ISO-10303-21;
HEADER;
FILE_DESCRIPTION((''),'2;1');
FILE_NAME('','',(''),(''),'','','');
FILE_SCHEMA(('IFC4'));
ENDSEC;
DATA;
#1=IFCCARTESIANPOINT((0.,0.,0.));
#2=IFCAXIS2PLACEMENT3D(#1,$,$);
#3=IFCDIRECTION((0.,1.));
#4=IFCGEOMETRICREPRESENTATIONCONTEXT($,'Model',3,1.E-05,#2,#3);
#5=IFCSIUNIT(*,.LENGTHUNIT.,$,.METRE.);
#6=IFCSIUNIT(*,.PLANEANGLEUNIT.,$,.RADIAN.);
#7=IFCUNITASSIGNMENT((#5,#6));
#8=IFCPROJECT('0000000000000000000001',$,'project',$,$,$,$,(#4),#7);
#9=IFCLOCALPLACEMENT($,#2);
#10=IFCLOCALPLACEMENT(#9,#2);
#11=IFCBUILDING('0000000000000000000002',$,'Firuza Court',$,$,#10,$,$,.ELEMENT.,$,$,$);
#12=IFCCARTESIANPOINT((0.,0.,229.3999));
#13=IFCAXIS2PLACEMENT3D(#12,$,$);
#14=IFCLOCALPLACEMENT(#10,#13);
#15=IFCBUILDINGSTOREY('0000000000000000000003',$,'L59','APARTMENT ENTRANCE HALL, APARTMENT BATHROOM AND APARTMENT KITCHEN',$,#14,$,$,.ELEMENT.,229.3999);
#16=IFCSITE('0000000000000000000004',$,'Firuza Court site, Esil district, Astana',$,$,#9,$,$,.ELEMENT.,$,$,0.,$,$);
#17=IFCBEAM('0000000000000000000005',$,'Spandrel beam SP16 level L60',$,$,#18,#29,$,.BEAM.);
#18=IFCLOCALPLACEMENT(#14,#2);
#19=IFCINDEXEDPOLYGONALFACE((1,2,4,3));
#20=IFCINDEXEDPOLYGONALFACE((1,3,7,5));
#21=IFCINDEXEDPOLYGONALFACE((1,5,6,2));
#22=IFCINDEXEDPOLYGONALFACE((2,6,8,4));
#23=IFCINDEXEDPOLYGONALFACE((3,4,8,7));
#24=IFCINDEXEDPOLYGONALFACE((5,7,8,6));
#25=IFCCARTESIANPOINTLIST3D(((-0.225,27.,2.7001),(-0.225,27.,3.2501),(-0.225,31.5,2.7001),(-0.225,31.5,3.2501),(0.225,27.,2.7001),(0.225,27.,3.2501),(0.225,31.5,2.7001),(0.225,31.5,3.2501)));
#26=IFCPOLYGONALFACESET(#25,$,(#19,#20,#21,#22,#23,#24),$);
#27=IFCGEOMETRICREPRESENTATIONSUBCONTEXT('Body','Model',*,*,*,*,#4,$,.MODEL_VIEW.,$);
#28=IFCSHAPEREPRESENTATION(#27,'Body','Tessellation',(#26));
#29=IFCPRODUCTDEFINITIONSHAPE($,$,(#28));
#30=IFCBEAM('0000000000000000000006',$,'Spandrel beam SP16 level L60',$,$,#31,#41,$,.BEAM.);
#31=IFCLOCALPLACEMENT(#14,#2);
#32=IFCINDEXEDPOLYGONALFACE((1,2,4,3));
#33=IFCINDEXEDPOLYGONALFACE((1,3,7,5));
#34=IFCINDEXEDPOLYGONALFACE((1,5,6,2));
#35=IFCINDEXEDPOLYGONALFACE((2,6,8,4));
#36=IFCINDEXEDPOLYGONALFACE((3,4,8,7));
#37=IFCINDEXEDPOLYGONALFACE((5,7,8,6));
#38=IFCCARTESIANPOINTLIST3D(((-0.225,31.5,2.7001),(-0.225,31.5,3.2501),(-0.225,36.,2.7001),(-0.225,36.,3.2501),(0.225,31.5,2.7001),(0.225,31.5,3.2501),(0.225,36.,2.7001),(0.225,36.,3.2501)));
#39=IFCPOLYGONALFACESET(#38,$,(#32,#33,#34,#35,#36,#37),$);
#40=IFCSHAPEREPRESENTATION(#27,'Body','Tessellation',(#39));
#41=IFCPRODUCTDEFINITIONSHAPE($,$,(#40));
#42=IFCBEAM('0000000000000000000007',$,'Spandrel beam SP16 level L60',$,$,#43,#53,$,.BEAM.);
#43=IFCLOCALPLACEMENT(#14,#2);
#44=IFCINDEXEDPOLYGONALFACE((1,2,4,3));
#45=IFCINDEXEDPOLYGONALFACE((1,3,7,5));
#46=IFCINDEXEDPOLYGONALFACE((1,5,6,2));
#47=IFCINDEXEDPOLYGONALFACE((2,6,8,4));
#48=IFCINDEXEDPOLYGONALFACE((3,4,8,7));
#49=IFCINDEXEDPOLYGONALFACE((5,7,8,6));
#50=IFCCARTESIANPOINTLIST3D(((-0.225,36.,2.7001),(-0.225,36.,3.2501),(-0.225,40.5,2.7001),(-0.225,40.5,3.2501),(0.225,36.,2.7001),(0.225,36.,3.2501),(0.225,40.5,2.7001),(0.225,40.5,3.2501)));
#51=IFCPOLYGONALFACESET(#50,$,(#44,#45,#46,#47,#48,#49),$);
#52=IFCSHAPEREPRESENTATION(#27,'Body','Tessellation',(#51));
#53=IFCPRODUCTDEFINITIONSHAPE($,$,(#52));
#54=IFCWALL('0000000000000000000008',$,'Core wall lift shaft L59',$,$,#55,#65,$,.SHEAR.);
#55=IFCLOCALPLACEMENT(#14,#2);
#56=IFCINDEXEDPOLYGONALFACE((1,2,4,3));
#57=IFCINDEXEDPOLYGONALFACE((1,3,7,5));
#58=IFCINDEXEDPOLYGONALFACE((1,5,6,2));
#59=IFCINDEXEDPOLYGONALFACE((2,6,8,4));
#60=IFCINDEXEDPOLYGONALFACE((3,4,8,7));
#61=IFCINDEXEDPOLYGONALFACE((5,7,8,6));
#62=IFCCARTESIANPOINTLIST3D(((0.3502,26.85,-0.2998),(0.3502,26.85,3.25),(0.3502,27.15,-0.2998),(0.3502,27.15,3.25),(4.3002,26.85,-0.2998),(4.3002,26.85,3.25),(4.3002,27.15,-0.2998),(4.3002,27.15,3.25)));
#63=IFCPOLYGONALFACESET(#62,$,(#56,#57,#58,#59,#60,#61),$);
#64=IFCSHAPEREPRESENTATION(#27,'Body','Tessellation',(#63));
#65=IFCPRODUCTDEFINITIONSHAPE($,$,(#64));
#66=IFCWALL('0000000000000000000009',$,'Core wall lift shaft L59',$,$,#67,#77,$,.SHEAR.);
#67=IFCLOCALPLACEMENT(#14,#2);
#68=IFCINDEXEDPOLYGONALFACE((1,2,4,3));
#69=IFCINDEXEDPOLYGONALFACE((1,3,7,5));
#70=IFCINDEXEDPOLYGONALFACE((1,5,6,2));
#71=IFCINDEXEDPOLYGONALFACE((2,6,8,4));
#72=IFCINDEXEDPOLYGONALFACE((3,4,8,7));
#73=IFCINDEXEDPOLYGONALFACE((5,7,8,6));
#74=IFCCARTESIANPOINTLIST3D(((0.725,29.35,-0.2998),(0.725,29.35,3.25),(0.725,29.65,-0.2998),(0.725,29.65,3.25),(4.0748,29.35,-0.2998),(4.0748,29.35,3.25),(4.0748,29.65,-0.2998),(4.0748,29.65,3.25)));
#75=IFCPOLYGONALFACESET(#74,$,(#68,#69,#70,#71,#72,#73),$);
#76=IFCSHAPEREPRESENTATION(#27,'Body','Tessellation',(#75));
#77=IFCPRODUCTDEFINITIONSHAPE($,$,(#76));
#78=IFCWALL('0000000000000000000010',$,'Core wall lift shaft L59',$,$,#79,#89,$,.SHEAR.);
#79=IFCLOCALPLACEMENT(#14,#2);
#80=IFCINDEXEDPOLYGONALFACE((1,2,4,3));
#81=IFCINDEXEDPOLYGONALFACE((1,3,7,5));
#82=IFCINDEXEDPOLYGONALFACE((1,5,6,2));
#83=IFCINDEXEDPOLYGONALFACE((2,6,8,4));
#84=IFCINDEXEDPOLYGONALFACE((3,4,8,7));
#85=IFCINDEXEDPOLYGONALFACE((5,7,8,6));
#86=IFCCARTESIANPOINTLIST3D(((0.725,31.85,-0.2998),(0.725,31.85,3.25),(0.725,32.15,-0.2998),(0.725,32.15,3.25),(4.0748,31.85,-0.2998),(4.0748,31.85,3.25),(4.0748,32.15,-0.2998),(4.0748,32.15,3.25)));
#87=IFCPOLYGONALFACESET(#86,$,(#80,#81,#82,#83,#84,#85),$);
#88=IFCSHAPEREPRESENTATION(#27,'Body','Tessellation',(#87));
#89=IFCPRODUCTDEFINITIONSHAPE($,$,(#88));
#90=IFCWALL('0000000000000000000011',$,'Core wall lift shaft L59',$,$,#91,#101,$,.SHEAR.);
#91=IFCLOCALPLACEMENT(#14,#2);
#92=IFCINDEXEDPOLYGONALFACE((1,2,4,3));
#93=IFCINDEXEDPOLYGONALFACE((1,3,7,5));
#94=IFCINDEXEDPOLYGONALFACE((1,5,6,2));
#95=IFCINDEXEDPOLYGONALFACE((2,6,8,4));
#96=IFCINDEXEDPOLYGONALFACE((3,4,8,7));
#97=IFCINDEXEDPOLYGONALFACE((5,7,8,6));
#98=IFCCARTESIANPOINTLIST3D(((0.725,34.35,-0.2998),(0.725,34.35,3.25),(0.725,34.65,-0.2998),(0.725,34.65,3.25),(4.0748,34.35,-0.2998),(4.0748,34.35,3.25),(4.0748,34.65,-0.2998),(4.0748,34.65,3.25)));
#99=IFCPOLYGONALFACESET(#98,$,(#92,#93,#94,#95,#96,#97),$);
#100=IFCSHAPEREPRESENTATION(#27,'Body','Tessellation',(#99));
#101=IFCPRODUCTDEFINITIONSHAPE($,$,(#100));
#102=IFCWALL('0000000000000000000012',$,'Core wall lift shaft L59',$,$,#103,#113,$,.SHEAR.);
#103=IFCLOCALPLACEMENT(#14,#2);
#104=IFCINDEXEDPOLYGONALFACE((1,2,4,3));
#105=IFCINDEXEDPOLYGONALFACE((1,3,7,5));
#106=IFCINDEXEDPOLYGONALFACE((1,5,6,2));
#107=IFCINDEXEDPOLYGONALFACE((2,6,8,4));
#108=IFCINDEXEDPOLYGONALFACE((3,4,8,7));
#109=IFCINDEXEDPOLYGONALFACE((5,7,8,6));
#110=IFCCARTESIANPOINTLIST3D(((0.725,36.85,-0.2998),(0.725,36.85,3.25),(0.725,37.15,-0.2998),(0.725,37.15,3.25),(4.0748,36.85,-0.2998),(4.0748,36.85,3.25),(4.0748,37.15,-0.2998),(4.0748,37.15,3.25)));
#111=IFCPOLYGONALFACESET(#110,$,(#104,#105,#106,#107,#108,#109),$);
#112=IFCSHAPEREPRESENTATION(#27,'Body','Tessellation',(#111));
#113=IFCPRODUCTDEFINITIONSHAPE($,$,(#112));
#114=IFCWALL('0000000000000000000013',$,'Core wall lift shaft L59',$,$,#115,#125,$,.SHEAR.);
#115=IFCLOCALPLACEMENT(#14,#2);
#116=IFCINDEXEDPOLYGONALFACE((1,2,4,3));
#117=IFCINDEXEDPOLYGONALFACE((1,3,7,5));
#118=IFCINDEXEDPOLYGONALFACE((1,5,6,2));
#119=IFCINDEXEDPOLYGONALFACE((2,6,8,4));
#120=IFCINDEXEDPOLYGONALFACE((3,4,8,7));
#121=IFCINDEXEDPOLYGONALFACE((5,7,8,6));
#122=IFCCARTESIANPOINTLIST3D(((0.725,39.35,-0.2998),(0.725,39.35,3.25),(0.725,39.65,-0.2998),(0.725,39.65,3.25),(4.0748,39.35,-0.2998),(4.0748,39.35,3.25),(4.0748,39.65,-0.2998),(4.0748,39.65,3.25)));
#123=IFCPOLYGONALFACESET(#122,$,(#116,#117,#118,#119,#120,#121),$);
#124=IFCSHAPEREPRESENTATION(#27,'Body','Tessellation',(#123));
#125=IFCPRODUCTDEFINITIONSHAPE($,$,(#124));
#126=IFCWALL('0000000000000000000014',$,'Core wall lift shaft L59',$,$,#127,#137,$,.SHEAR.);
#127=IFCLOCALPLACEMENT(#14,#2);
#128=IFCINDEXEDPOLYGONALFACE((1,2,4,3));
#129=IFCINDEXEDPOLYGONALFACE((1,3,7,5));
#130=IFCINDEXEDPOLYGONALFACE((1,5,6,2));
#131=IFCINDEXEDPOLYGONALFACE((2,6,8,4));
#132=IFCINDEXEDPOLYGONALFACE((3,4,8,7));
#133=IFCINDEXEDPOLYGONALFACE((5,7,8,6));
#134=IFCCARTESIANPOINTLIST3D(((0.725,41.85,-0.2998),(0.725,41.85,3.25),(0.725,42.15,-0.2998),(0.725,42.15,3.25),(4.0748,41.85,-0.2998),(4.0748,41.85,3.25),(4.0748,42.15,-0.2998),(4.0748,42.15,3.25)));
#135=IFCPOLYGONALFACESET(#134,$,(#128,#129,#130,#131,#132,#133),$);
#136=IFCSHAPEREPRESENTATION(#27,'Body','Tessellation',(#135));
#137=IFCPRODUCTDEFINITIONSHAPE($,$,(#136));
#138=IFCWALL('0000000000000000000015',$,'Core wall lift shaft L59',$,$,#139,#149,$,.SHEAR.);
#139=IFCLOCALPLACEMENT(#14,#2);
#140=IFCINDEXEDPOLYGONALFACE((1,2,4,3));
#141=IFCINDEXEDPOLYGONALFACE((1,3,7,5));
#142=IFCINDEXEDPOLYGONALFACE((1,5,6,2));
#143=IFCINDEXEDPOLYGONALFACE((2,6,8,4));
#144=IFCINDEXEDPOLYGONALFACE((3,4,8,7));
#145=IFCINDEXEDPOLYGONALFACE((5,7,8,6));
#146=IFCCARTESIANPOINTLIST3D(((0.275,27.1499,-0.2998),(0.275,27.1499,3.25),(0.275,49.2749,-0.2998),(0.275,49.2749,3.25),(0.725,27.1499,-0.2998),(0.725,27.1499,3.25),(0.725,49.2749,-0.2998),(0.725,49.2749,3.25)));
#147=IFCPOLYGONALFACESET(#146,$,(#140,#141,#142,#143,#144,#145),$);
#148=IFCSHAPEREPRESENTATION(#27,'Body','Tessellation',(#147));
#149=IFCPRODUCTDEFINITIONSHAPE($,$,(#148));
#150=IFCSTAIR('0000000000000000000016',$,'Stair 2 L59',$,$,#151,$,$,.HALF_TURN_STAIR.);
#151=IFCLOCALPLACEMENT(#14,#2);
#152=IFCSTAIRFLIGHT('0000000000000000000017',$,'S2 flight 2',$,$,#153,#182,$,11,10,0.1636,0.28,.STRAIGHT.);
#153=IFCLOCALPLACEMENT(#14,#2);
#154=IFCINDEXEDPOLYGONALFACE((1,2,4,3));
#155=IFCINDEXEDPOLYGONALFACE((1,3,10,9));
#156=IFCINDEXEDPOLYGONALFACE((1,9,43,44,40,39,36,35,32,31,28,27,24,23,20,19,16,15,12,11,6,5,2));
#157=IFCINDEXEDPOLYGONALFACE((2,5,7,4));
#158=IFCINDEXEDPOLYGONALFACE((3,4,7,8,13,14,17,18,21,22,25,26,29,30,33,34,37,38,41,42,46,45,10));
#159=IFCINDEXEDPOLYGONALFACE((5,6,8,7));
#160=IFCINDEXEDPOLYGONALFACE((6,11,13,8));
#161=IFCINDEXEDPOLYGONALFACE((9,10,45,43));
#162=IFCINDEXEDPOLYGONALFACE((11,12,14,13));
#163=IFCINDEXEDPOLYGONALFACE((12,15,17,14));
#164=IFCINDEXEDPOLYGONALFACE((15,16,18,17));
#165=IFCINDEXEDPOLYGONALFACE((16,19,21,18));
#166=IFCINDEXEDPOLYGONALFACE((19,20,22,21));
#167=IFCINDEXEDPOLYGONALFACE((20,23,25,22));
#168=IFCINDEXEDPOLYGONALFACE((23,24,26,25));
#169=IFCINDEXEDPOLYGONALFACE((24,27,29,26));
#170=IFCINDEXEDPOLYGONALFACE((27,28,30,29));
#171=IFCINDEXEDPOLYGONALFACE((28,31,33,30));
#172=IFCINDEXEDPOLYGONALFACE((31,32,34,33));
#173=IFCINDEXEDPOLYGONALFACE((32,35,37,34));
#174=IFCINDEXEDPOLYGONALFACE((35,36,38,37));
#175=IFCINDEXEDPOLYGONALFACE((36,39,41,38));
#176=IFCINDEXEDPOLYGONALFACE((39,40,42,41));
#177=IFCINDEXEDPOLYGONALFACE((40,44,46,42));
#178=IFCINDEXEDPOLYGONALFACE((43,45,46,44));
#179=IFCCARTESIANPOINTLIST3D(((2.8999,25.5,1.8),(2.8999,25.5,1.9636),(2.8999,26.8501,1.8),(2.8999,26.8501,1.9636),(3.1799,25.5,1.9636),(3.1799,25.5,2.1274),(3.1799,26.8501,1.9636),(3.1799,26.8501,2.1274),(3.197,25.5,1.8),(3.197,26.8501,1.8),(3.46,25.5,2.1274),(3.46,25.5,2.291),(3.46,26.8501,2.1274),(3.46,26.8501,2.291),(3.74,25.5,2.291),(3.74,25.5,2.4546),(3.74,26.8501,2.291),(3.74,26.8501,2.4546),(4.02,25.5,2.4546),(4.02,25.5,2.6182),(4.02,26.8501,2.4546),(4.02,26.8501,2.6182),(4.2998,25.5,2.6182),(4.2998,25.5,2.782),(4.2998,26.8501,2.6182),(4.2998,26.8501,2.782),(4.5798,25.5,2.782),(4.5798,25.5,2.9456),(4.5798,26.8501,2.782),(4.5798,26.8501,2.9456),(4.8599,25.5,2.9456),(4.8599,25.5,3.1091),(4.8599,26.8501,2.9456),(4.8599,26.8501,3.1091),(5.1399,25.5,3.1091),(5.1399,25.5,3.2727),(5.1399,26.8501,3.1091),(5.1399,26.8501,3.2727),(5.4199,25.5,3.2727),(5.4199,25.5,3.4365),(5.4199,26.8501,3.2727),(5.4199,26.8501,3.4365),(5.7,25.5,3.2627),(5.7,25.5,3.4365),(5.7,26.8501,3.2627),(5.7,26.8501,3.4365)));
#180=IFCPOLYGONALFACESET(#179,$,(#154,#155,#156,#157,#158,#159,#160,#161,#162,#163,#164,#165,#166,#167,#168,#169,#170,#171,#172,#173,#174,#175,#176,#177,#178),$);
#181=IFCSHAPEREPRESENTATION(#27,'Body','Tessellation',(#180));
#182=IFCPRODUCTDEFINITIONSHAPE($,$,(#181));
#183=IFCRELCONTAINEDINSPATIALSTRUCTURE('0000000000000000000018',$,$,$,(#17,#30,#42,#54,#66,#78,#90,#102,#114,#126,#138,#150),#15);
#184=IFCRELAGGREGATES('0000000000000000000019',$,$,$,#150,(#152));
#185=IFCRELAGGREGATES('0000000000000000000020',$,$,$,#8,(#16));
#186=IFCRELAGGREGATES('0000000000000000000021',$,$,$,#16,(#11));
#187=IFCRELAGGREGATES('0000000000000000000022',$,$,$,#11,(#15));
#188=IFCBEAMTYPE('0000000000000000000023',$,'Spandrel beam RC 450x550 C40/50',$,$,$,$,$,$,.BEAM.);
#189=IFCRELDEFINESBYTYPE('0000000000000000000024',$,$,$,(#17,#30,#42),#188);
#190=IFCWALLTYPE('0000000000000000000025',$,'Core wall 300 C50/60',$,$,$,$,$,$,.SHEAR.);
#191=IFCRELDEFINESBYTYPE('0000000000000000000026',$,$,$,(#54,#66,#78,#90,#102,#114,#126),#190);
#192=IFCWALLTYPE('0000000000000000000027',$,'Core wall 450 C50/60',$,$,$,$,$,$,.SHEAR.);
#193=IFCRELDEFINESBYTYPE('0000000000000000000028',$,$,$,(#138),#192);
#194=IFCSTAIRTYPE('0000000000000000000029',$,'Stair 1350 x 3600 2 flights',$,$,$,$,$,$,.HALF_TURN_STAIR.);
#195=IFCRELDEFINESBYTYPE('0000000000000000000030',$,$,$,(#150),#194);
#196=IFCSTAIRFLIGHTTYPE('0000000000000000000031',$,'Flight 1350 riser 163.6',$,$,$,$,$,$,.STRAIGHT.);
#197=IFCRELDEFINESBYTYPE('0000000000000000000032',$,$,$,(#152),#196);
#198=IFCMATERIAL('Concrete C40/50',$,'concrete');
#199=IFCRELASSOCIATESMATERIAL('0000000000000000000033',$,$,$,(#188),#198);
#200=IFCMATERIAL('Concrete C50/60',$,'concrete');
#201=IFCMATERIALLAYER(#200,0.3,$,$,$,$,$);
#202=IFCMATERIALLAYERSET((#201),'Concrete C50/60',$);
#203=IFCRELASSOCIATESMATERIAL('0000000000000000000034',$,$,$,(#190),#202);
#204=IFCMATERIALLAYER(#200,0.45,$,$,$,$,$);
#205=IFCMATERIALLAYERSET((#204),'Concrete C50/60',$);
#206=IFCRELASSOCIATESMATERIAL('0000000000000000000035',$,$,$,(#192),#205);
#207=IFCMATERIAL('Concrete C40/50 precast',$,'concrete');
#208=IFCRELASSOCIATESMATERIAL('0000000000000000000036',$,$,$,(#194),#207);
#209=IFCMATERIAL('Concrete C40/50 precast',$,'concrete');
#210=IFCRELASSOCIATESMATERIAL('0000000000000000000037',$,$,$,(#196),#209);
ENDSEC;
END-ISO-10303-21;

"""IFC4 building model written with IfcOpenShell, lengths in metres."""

from ifc_helpers import new_model, si_unit, direction, frame, frame_2d, origin, origin_2d, place, context, subcontext, project, spatial, polyline, rectangle, outline, extrude, material, layer, layer_set, material_profile, profile_set, type_object, element, aggregate, save


model = new_model("IFC4")

# Units and contexts
model_context = context("Model", 3, precision=1e-05, world=origin(), true_north=direction((0.0, 1.0)))
body_context = subcontext(model_context, "Body", "Model", "MODEL_VIEW")
ifc_project = project(units=[si_unit("LENGTHUNIT", "METRE"), si_unit("PLANEANGLEUNIT", "RADIAN")], contexts=[model_context])

# Site, building, storey
site_placement = place(None, origin())
site = spatial("IfcSite", under=ifc_project, at=site_placement, Name="Firuza Court site, Esil district, Astana", CompositionType="ELEMENT", RefElevation=0.0)
building_placement = place(site_placement, origin())
building = spatial("IfcBuilding", under=site, at=building_placement, Name="Firuza Court", CompositionType="ELEMENT")
storey_placement = place(building_placement, frame((0.0, 0.0, 229.3999)))
storey = spatial("IfcBuildingStorey", under=building, at=storey_placement, Name="L59", Description="APARTMENT ENTRANCE HALL, APARTMENT BATHROOM AND APARTMENT KITCHEN", CompositionType="ELEMENT", Elevation=229.3999)

# Beams
ifc_material_1 = material(Name="Concrete C40/50", Category="concrete")
ifc_material_profile_1 = material_profile(ifc_material_1, rectangle(XDim=0.45, YDim=0.55, at=origin_2d()), Name="RC 450x550")
ifc_profile_set_1 = profile_set([ifc_material_profile_1], Name="Concrete C40/50")
beam_type = type_object("IfcBeamType", Name="Spandrel beam RC 450x550 C40/50", PredefinedType="BEAM", material=ifc_profile_set_1)
for number, where, z_axis, x_axis, name in (
    (1, (0.0, 31.5, 2.9751), (0.0, -1.0, 0.0), (1.0, 0.0, 0.0), "Spandrel beam SP16 level L60"),
    (2, (0.0, 36.0, 2.9751), (0.0, -1.0, 0.0), (1.0, 0.0, 0.0), "Spandrel beam SP16 level L60"),
    (3, (0.0, 40.5, 2.9751), (0.0, -1.0, 0.0), (1.0, 0.0, 0.0), "Spandrel beam SP16 level L60"),
):
    element("IfcBeam", number, at=place(storey_placement, frame(where, z_axis=z_axis, x_axis=x_axis)), inside=storey, type_object=beam_type, Name=name, PredefinedType="BEAM", context=body_context, shape_type="SweptSolid", body=[
        extrude(rectangle(XDim=0.45, YDim=0.55, at=origin_2d()), origin(), (0.0, 0.0, 1.0), 4.5),
    ])

# Walls
ifc_material_2 = material(Name="Concrete C50/60", Category="concrete")
ifc_layer_1 = layer(ifc_material_2, 0.3)
ifc_layer_set_1 = layer_set([ifc_layer_1], Name="Concrete C50/60")
wall_type_1 = type_object("IfcWallType", Name="Core wall 300 C50/60", PredefinedType="SHEAR", material=ifc_layer_set_1)
wall_1_placement = place(storey_placement, frame((0.3501, 27.0, -0.2998), z_axis=(0.0, 0.0, 1.0), x_axis=(1.0, 0.0, 0.0)))
element("IfcWall", 4, at=wall_1_placement, inside=storey, type_object=wall_type_1, Name="Core wall lift shaft L59", PredefinedType="SHEAR", context=body_context, shape_type="SweptSolid", body=[
    extrude(rectangle(XDim=3.95, YDim=0.3, at=frame_2d((1.9751, 0.0))), origin(), (0.0, 0.0, 1.0), 3.5498),
])
for number, where, z_axis, x_axis, name in (
    (5, (0.7251, 29.5, -0.2998), (0.0, 0.0, 1.0), (1.0, 0.0, 0.0), "Core wall lift shaft L59"),
    (6, (0.7251, 32.0, -0.2998), (0.0, 0.0, 1.0), (1.0, 0.0, 0.0), "Core wall lift shaft L59"),
    (7, (0.7251, 34.5, -0.2998), (0.0, 0.0, 1.0), (1.0, 0.0, 0.0), "Core wall lift shaft L59"),
    (8, (0.7251, 37.0, -0.2998), (0.0, 0.0, 1.0), (1.0, 0.0, 0.0), "Core wall lift shaft L59"),
    (9, (0.7251, 39.5, -0.2998), (0.0, 0.0, 1.0), (1.0, 0.0, 0.0), "Core wall lift shaft L59"),
    (10, (0.7251, 42.0, -0.2998), (0.0, 0.0, 1.0), (1.0, 0.0, 0.0), "Core wall lift shaft L59"),
):
    element("IfcWall", number, at=place(storey_placement, frame(where, z_axis=z_axis, x_axis=x_axis)), inside=storey, type_object=wall_type_1, Name=name, PredefinedType="SHEAR", context=body_context, shape_type="SweptSolid", body=[
        extrude(rectangle(XDim=3.3499, YDim=0.3, at=frame_2d((1.6748, 0.0))), origin(), (0.0, 0.0, 1.0), 3.5498),
    ])
ifc_layer_2 = layer(ifc_material_2, 0.45)
ifc_layer_set_2 = layer_set([ifc_layer_2], Name="Concrete C50/60")
wall_type_2 = type_object("IfcWallType", Name="Core wall 450 C50/60", PredefinedType="SHEAR", material=ifc_layer_set_2)
wall_2_placement = place(storey_placement, frame((0.5, 27.1499, -0.2998), z_axis=(0.0, 0.0, 1.0), x_axis=(0.0, 1.0, 0.0)))
element("IfcWall", 11, at=wall_2_placement, inside=storey, type_object=wall_type_2, Name="Core wall lift shaft L59", PredefinedType="SHEAR", context=body_context, shape_type="SweptSolid", body=[
    extrude(rectangle(XDim=22.125, YDim=0.45, at=frame_2d((11.0625, 0.0))), origin(), (0.0, 0.0, 1.0), 3.5498),
])

# Stair, stair flight
ifc_material_3 = material(Name="Concrete C40/50 precast", Category="concrete")
stair_type = type_object("IfcStairType", Name="Stair 1350 x 3600 2 flights", PredefinedType="HALF_TURN_STAIR", material=ifc_material_3)
stair_placement = place(storey_placement, origin())
stair = element("IfcStair", 12, at=stair_placement, inside=storey, type_object=stair_type, Name="Stair 2 L59", PredefinedType="HALF_TURN_STAIR")
ifc_material_4 = material(Name="Concrete C40/50 precast", Category="concrete")
stair_flight_type = type_object("IfcStairFlightType", Name="Flight 1350 riser 163.6", PredefinedType="STRAIGHT", material=ifc_material_4)
stair_flight_placement = place(storey_placement, frame((2.8999, 26.175, 1.8), z_axis=(0.0, 0.0, 1.0), x_axis=(1.0, 0.0, 0.0)))
stair_flight = element("IfcStairFlight", 13, at=stair_flight_placement, type_object=stair_flight_type, Name="S2 flight 2", NumberOfRisers=11, NumberOfTreads=10, PredefinedType="STRAIGHT", RiserHeight=0.1636, TreadLength=0.28, context=body_context, shape_type="SweptSolid", body=[
    extrude(outline(polyline([(0.0, 0.0), (0.0, 0.1636), (0.28, 0.1636), (0.28, 0.3274), (0.5601, 0.3274), (0.5601, 0.491), (0.8401, 0.491), (0.8401, 0.6545), (1.1201, 0.6545), (1.1201, 0.8181), (1.3999, 0.8181), (1.3999, 0.9819), (1.6799, 0.9819), (1.6799, 1.1455), (1.96, 1.1455), (1.96, 1.3091), (2.24, 1.3091), (2.24, 1.4727), (2.52, 1.4727), (2.52, 1.6365), (2.8, 1.6365), (2.8, 1.8), (2.8, 1.4626), (0.2971, 0.0), (0.0, 0.0)])), frame((0.0, 0.675, 0.0), z_axis=(0.0, -1.0, 0.0), x_axis=(1.0, 0.0, 0.0)), (0.0, 0.0, 1.0), 1.3501),
])
aggregate(stair, [stair_flight])

save(model, "model.ifc")
